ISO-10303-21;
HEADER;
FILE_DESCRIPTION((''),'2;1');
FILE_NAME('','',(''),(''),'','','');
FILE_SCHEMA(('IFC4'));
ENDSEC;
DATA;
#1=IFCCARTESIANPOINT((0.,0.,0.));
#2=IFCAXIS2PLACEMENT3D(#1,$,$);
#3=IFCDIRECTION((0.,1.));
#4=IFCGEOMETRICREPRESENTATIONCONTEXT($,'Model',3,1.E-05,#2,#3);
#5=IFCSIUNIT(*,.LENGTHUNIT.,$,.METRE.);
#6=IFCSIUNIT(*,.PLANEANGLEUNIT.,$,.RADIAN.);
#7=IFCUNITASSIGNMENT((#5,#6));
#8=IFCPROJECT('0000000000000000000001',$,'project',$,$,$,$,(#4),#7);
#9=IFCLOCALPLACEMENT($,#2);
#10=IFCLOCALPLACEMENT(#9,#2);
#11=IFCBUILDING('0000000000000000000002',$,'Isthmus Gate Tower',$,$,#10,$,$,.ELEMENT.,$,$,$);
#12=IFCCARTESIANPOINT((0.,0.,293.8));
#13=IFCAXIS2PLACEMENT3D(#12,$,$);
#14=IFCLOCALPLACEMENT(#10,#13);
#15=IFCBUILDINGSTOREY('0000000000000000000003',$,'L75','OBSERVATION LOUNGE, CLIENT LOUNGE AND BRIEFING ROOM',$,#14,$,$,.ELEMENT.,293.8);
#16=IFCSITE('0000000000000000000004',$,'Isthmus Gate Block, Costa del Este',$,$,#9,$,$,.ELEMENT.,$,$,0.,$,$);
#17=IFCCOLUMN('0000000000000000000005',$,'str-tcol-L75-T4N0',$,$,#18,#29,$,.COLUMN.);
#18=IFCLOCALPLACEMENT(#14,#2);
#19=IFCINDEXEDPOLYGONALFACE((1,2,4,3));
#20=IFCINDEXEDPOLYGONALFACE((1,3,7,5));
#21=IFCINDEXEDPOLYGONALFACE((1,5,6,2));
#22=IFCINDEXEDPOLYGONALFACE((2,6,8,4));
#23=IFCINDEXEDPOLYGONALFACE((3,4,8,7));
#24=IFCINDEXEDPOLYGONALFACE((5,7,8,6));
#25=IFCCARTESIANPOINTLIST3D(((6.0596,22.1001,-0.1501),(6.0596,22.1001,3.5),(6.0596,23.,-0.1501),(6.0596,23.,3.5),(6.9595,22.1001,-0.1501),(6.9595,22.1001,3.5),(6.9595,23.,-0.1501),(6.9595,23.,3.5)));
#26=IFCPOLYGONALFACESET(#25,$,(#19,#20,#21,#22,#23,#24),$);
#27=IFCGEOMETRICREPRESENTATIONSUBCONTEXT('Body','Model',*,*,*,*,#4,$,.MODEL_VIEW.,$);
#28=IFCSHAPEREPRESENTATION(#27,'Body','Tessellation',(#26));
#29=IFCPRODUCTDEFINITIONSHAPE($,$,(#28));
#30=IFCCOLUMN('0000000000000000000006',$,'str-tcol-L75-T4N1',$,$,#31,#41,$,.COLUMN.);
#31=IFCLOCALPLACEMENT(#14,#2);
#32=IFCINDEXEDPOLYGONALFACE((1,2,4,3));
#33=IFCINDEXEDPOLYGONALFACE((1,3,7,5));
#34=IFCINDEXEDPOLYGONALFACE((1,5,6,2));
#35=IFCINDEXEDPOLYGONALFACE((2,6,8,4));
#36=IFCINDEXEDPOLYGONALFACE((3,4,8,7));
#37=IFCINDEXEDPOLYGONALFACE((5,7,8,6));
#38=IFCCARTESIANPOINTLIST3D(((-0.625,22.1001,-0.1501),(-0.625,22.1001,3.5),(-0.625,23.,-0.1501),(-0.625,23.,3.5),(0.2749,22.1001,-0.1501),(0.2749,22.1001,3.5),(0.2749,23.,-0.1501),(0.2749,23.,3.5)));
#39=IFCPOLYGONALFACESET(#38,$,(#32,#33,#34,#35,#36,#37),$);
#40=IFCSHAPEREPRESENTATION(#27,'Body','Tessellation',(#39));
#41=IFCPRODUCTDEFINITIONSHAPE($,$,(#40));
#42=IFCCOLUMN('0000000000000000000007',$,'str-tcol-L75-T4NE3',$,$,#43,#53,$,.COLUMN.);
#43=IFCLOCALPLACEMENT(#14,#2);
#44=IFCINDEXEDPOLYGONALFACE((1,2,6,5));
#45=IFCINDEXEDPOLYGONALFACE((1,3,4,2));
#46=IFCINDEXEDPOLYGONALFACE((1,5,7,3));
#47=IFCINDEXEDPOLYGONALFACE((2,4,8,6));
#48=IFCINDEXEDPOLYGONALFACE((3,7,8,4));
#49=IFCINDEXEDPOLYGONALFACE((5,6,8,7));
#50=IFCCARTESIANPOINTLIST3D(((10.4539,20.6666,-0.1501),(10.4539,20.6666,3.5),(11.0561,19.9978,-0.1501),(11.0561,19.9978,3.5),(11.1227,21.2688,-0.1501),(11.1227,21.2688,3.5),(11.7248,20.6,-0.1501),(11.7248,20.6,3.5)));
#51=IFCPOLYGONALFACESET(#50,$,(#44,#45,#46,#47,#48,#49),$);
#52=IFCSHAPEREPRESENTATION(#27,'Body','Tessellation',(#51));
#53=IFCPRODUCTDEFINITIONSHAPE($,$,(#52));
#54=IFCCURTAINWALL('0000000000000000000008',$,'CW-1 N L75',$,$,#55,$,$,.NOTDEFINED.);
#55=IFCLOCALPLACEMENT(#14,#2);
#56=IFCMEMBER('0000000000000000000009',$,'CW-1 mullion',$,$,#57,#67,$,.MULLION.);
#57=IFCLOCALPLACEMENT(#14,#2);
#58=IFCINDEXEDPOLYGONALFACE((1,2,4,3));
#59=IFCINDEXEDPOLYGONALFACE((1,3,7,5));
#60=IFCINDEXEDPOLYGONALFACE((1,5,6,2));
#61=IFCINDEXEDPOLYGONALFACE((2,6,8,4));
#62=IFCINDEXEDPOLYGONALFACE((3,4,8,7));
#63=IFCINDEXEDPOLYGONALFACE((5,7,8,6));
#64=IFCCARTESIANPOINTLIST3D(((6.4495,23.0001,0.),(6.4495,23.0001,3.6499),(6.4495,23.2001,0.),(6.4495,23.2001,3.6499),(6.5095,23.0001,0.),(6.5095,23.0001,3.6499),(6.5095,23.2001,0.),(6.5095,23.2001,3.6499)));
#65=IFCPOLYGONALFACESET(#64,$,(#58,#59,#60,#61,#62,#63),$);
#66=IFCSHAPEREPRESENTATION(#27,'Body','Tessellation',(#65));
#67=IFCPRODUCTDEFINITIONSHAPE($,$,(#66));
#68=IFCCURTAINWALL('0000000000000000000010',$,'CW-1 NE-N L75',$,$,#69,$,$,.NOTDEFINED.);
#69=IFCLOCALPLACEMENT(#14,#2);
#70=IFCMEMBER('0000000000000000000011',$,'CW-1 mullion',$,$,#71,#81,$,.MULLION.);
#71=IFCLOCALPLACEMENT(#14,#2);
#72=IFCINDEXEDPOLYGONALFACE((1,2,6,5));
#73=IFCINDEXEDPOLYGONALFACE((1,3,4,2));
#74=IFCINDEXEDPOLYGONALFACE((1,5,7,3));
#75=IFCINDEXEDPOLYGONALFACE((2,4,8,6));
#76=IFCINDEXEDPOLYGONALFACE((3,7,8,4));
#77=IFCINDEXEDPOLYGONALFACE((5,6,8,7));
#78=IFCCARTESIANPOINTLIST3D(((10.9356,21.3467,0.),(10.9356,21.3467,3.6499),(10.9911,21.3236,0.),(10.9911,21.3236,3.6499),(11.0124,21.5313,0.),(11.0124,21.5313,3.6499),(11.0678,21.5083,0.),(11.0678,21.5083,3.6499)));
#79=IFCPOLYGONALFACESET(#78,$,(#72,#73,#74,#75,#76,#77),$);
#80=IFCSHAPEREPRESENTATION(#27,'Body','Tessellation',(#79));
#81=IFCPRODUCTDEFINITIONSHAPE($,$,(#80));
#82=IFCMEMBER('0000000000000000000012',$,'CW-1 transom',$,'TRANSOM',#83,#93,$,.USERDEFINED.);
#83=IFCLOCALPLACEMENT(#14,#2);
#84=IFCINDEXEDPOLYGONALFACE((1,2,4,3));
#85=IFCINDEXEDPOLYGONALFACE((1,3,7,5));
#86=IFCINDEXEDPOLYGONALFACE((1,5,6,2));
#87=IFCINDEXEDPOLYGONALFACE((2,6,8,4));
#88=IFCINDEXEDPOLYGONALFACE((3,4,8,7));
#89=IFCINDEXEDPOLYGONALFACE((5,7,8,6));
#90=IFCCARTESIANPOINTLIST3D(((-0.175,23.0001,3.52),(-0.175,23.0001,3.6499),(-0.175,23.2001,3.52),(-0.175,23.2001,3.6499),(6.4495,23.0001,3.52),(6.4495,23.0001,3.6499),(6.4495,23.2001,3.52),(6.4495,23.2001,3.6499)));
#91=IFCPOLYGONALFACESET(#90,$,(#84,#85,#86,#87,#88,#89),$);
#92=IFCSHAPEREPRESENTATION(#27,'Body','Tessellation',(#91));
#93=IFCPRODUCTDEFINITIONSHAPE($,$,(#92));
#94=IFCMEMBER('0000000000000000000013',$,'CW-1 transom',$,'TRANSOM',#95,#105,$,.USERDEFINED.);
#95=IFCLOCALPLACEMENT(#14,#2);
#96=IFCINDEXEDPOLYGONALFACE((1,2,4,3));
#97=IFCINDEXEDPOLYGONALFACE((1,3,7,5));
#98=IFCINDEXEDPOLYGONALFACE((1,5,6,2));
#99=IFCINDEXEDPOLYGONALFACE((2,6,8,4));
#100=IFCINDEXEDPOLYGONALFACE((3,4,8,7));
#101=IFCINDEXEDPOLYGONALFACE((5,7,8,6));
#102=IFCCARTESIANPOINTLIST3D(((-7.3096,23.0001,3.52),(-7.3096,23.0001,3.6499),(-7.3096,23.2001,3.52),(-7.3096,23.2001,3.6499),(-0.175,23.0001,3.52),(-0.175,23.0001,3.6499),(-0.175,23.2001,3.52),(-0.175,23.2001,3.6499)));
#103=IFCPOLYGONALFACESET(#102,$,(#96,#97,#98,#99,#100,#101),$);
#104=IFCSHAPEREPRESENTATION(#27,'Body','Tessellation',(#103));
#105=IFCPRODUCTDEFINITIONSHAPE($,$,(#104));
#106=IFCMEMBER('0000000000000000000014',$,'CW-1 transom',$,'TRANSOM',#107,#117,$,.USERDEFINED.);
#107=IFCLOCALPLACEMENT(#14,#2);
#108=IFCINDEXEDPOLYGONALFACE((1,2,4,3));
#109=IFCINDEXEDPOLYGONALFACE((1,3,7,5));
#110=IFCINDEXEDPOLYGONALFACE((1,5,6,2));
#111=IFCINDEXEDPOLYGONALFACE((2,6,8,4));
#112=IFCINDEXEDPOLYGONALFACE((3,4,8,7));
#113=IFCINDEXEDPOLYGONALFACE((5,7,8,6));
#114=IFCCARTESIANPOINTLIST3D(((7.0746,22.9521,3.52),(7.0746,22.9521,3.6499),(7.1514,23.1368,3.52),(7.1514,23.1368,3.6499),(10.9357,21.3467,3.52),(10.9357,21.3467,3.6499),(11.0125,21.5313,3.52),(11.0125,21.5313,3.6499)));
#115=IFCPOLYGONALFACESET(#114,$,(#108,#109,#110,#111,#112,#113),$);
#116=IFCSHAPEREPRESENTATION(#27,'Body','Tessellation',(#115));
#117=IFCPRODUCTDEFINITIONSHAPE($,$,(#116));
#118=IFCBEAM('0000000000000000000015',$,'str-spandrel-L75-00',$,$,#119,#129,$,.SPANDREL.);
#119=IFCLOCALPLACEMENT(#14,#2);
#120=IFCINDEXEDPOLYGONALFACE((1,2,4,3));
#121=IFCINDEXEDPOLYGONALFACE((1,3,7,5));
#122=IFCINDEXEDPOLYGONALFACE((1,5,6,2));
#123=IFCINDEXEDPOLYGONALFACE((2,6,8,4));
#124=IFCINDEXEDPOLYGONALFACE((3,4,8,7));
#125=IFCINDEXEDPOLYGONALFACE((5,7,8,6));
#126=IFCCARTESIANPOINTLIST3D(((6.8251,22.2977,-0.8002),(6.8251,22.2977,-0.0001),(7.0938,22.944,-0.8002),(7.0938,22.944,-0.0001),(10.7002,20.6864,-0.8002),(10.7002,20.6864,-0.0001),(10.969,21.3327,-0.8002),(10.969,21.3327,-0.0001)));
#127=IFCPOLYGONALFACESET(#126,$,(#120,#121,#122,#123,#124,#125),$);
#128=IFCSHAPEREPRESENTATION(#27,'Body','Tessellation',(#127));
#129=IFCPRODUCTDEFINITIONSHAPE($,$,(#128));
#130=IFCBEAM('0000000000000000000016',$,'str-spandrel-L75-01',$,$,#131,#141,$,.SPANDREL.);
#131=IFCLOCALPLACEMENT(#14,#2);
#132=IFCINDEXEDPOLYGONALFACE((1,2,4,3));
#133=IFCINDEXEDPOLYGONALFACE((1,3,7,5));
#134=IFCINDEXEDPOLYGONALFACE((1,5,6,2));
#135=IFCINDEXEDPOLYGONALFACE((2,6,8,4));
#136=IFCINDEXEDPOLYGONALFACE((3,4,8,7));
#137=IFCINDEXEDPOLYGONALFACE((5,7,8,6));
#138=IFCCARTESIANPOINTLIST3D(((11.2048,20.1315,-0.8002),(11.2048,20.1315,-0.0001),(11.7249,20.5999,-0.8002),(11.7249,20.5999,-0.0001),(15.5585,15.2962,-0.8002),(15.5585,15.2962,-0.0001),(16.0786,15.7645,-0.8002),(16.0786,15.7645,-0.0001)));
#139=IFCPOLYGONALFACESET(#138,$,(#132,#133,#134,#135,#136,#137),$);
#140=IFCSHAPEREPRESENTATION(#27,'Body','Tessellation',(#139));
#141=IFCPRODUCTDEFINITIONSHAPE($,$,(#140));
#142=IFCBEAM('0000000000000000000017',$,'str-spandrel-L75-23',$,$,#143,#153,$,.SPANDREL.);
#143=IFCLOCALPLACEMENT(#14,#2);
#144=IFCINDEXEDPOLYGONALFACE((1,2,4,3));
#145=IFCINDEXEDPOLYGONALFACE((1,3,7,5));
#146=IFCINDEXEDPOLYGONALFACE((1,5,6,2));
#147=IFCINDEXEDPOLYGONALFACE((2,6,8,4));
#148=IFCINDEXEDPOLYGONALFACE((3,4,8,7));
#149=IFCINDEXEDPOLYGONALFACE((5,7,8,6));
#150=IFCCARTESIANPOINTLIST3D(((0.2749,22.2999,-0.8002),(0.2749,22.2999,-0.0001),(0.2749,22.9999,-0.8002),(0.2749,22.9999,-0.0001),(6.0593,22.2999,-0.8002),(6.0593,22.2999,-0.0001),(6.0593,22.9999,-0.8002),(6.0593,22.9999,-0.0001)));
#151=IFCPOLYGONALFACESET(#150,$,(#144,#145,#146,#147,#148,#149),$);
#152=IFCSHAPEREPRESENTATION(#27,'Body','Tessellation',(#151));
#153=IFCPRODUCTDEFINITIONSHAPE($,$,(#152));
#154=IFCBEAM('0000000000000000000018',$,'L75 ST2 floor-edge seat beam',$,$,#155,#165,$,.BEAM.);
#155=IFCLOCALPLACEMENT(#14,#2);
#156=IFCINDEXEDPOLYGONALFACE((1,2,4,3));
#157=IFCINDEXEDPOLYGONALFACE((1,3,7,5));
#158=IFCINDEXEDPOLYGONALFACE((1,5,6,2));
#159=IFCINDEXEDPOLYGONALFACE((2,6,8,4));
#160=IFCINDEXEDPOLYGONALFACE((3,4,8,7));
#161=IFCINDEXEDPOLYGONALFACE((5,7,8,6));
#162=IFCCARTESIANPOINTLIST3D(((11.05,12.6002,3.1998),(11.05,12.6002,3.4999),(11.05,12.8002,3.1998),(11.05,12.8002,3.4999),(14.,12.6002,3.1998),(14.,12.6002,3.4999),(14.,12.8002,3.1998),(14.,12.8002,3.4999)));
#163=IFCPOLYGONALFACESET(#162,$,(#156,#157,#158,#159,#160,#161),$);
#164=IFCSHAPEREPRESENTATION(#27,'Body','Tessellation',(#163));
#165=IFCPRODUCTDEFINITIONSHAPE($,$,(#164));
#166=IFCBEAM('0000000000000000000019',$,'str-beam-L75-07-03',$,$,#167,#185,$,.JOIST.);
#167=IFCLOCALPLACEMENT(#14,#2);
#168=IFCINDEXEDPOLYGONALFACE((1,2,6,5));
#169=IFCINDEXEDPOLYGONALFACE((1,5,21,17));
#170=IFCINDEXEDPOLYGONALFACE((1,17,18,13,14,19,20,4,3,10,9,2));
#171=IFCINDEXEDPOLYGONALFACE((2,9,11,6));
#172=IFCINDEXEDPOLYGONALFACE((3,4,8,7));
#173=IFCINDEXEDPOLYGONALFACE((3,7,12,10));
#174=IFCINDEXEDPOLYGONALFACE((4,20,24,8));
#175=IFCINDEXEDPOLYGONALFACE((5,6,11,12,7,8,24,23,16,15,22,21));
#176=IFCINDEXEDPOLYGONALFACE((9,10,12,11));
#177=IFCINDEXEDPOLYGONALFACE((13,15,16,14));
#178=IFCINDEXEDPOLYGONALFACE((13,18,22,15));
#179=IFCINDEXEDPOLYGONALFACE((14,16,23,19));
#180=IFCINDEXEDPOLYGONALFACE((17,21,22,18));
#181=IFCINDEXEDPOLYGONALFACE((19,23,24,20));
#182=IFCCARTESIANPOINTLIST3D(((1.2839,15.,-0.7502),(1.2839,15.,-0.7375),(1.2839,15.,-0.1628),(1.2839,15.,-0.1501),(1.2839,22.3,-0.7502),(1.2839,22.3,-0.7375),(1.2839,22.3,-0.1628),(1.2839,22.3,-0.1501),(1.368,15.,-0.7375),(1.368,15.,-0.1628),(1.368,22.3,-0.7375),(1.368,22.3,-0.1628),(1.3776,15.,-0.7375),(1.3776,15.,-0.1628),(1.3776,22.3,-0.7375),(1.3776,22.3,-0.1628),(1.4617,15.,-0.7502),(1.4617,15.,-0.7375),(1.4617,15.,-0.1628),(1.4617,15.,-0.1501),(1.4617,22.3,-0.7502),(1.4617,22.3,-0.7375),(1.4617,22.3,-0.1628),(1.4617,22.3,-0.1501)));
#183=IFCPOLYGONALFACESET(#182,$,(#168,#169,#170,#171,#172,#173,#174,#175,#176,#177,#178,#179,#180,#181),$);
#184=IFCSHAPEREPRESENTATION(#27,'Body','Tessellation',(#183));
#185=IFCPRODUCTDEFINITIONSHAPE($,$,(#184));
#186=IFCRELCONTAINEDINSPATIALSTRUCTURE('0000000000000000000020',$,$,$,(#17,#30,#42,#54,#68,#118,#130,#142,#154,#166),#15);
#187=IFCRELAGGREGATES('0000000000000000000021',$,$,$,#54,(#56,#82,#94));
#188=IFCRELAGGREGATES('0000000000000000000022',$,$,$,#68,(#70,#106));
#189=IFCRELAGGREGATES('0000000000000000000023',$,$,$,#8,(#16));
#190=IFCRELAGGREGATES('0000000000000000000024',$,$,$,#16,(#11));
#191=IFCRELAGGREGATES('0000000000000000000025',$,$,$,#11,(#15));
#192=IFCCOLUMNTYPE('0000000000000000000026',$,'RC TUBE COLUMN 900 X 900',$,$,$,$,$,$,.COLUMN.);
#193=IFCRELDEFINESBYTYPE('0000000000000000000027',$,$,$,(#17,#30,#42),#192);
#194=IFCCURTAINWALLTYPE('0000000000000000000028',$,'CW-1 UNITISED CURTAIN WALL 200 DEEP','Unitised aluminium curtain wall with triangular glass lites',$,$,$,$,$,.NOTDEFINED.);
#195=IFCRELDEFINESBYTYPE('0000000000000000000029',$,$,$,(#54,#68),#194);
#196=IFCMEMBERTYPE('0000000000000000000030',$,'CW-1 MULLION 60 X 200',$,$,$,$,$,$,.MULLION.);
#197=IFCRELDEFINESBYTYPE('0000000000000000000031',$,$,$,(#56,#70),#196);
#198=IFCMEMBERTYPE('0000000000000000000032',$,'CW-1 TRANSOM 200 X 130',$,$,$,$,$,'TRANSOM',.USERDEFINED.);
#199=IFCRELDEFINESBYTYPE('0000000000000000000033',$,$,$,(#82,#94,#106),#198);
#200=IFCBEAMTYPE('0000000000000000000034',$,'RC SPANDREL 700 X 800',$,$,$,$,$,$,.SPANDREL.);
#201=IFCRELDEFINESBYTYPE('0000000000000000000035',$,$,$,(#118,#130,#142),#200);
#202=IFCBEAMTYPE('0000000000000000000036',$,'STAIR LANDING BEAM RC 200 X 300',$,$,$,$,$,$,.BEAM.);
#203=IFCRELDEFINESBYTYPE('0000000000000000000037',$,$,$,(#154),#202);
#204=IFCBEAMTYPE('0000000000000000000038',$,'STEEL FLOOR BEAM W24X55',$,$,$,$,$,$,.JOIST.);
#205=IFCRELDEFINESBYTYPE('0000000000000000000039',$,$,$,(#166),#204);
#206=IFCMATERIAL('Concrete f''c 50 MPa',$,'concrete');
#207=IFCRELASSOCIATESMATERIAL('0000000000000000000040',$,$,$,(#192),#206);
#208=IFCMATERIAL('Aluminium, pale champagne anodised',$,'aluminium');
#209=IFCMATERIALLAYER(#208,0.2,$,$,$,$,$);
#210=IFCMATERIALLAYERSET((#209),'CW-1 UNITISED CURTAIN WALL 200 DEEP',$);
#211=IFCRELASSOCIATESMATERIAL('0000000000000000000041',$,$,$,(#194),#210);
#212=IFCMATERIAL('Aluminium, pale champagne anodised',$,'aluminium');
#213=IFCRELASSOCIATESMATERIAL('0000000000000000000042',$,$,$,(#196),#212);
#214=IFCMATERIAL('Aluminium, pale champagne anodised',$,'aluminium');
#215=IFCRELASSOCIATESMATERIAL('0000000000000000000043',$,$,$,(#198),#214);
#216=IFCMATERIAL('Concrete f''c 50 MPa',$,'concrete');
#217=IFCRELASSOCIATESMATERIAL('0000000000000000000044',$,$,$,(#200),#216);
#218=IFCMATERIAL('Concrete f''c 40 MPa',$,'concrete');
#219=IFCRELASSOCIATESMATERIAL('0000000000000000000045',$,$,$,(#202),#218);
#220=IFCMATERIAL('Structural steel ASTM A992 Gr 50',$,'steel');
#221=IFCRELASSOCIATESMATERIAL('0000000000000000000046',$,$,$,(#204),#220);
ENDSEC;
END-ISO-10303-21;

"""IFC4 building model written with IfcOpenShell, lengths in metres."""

from ifc_helpers import new_model, si_unit, direction, frame, origin, origin_2d, place, context, subcontext, project, spatial, rectangle, i_section, extrude, material, layer, layer_set, material_profile, profile_set, type_object, element, aggregate, save


model = new_model("IFC4")

# Units and contexts
model_context = context("Model", 3, precision=1e-05, world=origin(), true_north=direction((0.0, 1.0)))
body_context = subcontext(model_context, "Body", "Model", "MODEL_VIEW")
ifc_project = project(units=[si_unit("LENGTHUNIT", "METRE"), si_unit("PLANEANGLEUNIT", "RADIAN")], contexts=[model_context])

# Site, building, storey
site_placement = place(None, origin())
site = spatial("IfcSite", under=ifc_project, at=site_placement, Name="Isthmus Gate Block, Costa del Este", CompositionType="ELEMENT", RefElevation=0.0)
building_placement = place(site_placement, origin())
building = spatial("IfcBuilding", under=site, at=building_placement, Name="Isthmus Gate Tower", CompositionType="ELEMENT")
storey_placement = place(building_placement, frame((0.0, 0.0, 293.8)))
storey = spatial("IfcBuildingStorey", under=building, at=storey_placement, Name="L75", Description="OBSERVATION LOUNGE, CLIENT LOUNGE AND BRIEFING ROOM", CompositionType="ELEMENT", Elevation=293.8)

# Columns
ifc_material_1 = material(Name="Concrete f'c 50 MPa", Category="concrete")
ifc_material_profile_1 = material_profile(ifc_material_1, rectangle(XDim=0.8999, YDim=0.8999, at=origin_2d()), Name="RC 900X900")
ifc_profile_set_1 = profile_set([ifc_material_profile_1], Name="Concrete f'c 50 MPa")
column_type = type_object("IfcColumnType", Name="RC TUBE COLUMN 900 X 900", PredefinedType="COLUMN", material=ifc_profile_set_1)
for number, where, z_axis, x_axis, name in (
    (1, (6.5095, 22.55, -0.1501), (0.0, 0.0, 1.0), (-1.0, 0.0, 0.0), "str-tcol-L75-T4N0"),
    (2, (-0.175, 22.55, -0.1501), (0.0, 0.0, 1.0), (-1.0, 0.0, 0.0), "str-tcol-L75-T4N1"),
    (3, (11.0894, 20.6333, -0.1501), (0.0, 0.0, 1.0), (-0.669131, 0.743145, 0.0), "str-tcol-L75-T4NE3"),
):
    element("IfcColumn", number, at=place(storey_placement, frame(where, z_axis=z_axis, x_axis=x_axis)), inside=storey, type_object=column_type, Name=name, PredefinedType="COLUMN", context=body_context, shape_type="SweptSolid", body=[
        extrude(rectangle(XDim=0.8999, YDim=0.8999, at=origin_2d()), origin(), (0.0, 0.0, 1.0), 3.6501),
    ])

# Curtain walls, members
ifc_material_2 = material(Name="Aluminium, pale champagne anodised", Category="aluminium")
ifc_layer_1 = layer(ifc_material_2, 0.2)
ifc_layer_set_1 = layer_set([ifc_layer_1], Name="CW-1 UNITISED CURTAIN WALL 200 DEEP")
curtain_wall_type = type_object("IfcCurtainWallType", Name="CW-1 UNITISED CURTAIN WALL 200 DEEP", Description="Unitised aluminium curtain wall with triangular glass lites", PredefinedType="NOTDEFINED", material=ifc_layer_set_1)
curtain_wall_1_placement = place(storey_placement, origin())
curtain_wall_1 = element("IfcCurtainWall", 4, at=curtain_wall_1_placement, inside=storey, type_object=curtain_wall_type, Name="CW-1 N L75", PredefinedType="NOTDEFINED")
ifc_material_3 = material(Name="Aluminium, pale champagne anodised", Category="aluminium")
ifc_material_profile_2 = material_profile(ifc_material_3, rectangle(XDim=0.0601, YDim=0.2, at=origin_2d()), Name="60x200")
ifc_profile_set_2 = profile_set([ifc_material_profile_2], Name="Aluminium, pale champagne anodised")
member_type_1 = type_object("IfcMemberType", Name="CW-1 MULLION 60 X 200", PredefinedType="MULLION", material=ifc_profile_set_2)
member_1_placement = place(storey_placement, frame((6.4795, 23.1001, 0.0), z_axis=(0.0, 0.0, 1.0), x_axis=(-1.0, 0.0, 0.0)))
member_1 = element("IfcMember", 5, at=member_1_placement, type_object=member_type_1, Name="CW-1 mullion", PredefinedType="MULLION", context=body_context, shape_type="SweptSolid", body=[
    extrude(rectangle(XDim=0.0601, YDim=0.2, at=origin_2d()), origin(), (0.0, 0.0, 1.0), 3.6499),
])
curtain_wall_2_placement = place(storey_placement, origin())
curtain_wall_2 = element("IfcCurtainWall", 6, at=curtain_wall_2_placement, inside=storey, type_object=curtain_wall_type, Name="CW-1 NE-N L75", PredefinedType="NOTDEFINED")
member_2_placement = place(storey_placement, frame((11.0017, 21.4275, 0.0), z_axis=(0.0, 0.0, 1.0), x_axis=(-0.923353, 0.383952, 0.0)))
member_2 = element("IfcMember", 7, at=member_2_placement, type_object=member_type_1, Name="CW-1 mullion", PredefinedType="MULLION", context=body_context, shape_type="SweptSolid", body=[
    extrude(rectangle(XDim=0.0601, YDim=0.2, at=origin_2d()), origin(), (0.0, 0.0, 1.0), 3.6499),
])

# Members
ifc_material_4 = material(Name="Aluminium, pale champagne anodised", Category="aluminium")
ifc_material_profile_3 = material_profile(ifc_material_4, rectangle(XDim=0.2, YDim=0.1299, at=origin_2d()), Name="200x130")
ifc_profile_set_3 = profile_set([ifc_material_profile_3], Name="Aluminium, pale champagne anodised")
member_type_2 = type_object("IfcMemberType", Name="CW-1 TRANSOM 200 X 130", ElementType="TRANSOM", PredefinedType="USERDEFINED", material=ifc_profile_set_3)
member_3_placement = place(storey_placement, frame((6.4495, 23.1001, 3.585), z_axis=(-1.0, 0.0, 0.0), x_axis=(0.0, -1.0, 0.0)))
member_3 = element("IfcMember", 8, at=member_3_placement, type_object=member_type_2, Name="CW-1 transom", ObjectType="TRANSOM", PredefinedType="USERDEFINED", context=body_context, shape_type="SweptSolid", body=[
    extrude(rectangle(XDim=0.2, YDim=0.1299, at=origin_2d()), origin(), (0.0, 0.0, 1.0), 6.6245),
])
member_4_placement = place(storey_placement, frame((-0.175, 23.1001, 3.585), z_axis=(-1.0, 0.0, 0.0), x_axis=(0.0, -1.0, 0.0)))
member_4 = element("IfcMember", 9, at=member_4_placement, type_object=member_type_2, Name="CW-1 transom", ObjectType="TRANSOM", PredefinedType="USERDEFINED", context=body_context, shape_type="SweptSolid", body=[
    extrude(rectangle(XDim=0.2, YDim=0.1299, at=origin_2d()), origin(), (0.0, 0.0, 1.0), 7.1345),
])
member_5_placement = place(storey_placement, frame((10.9741, 21.439, 3.585), z_axis=(-0.923358, 0.38394, 0.0), x_axis=(-0.38394, -0.923358, 0.0)))
member_5 = element("IfcMember", 10, at=member_5_placement, type_object=member_type_2, Name="CW-1 transom", ObjectType="TRANSOM", PredefinedType="USERDEFINED", context=body_context, shape_type="SweptSolid", body=[
    extrude(rectangle(XDim=0.2, YDim=0.1299, at=origin_2d()), origin(), (0.0, 0.0, 1.0), 4.1816),
])

# Beams
ifc_material_5 = material(Name="Concrete f'c 50 MPa", Category="concrete")
ifc_material_profile_4 = material_profile(ifc_material_5, rectangle(XDim=0.7, YDim=0.8, at=origin_2d()), Name="RC 700X800")
ifc_profile_set_4 = profile_set([ifc_material_profile_4], Name="Concrete f'c 50 MPa")
beam_type_1 = type_object("IfcBeamType", Name="RC SPANDREL 700 X 800", PredefinedType="SPANDREL", material=ifc_profile_set_4)
beam_1_placement = place(storey_placement, frame((6.9595, 22.6208, -0.4001), z_axis=(0.923361, -0.383934, 0.0), x_axis=(0.383934, 0.923361, 0.0)))
element("IfcBeam", 11, at=beam_1_placement, inside=storey, type_object=beam_type_1, Name="str-spandrel-L75-00", PredefinedType="SPANDREL", context=body_context, shape_type="SweptSolid", body=[
    extrude(rectangle(XDim=0.7, YDim=0.8, at=origin_2d()), origin(), (0.0, 0.0, 1.0), 4.1968),
])
beam_2_placement = place(storey_placement, frame((11.4648, 20.3657, -0.4001), z_axis=(0.669122, -0.743152, 0.0), x_axis=(0.743152, 0.669122, 0.0)))
element("IfcBeam", 12, at=beam_2_placement, inside=storey, type_object=beam_type_1, Name="str-spandrel-L75-01", PredefinedType="SPANDREL", context=body_context, shape_type="SweptSolid", body=[
    extrude(rectangle(XDim=0.7, YDim=0.8, at=origin_2d()), origin(), (0.0, 0.0, 1.0), 6.5066),
])
beam_3_placement = place(storey_placement, frame((0.2749, 22.6499, -0.4001), z_axis=(1.0, 0.0, 0.0), x_axis=(0.0, 1.0, 0.0)))
element("IfcBeam", 13, at=beam_3_placement, inside=storey, type_object=beam_type_1, Name="str-spandrel-L75-23", PredefinedType="SPANDREL", context=body_context, shape_type="SweptSolid", body=[
    extrude(rectangle(XDim=0.7, YDim=0.8, at=origin_2d()), origin(), (0.0, 0.0, 1.0), 5.7844),
])
ifc_material_6 = material(Name="Concrete f'c 40 MPa", Category="concrete")
ifc_material_profile_5 = material_profile(ifc_material_6, rectangle(XDim=0.2, YDim=0.3, at=origin_2d()), Name="STAIR LANDING BEAM RC 200 X 300")
ifc_profile_set_5 = profile_set([ifc_material_profile_5], Name="Concrete f'c 40 MPa")
beam_type_2 = type_object("IfcBeamType", Name="STAIR LANDING BEAM RC 200 X 300", PredefinedType="BEAM", material=ifc_profile_set_5)
beam_4_placement = place(storey_placement, frame((11.05, 12.7002, 3.3499), z_axis=(1.0, 0.0, 0.0), x_axis=(0.0, 1.0, 0.0)))
element("IfcBeam", 14, at=beam_4_placement, inside=storey, type_object=beam_type_2, Name="L75 ST2 floor-edge seat beam", PredefinedType="BEAM", context=body_context, shape_type="SweptSolid", body=[
    extrude(rectangle(XDim=0.2, YDim=0.3, at=origin_2d()), origin(), (0.0, 0.0, 1.0), 2.95),
])
ifc_material_7 = material(Name="Structural steel ASTM A992 Gr 50", Category="steel")
ifc_material_profile_6 = material_profile(ifc_material_7, i_section(OverallWidth=0.1777, OverallDepth=0.6001, WebThickness=0.0095, FlangeThickness=0.0127, at=origin_2d()), Name="W24X55")
ifc_profile_set_6 = profile_set([ifc_material_profile_6], Name="Structural steel ASTM A992 Gr 50")
beam_type_3 = type_object("IfcBeamType", Name="STEEL FLOOR BEAM W24X55", PredefinedType="JOIST", material=ifc_profile_set_6)
beam_5_placement = place(storey_placement, frame((1.3728, 15.0, -0.4502), z_axis=(0.0, 1.0, 0.0), x_axis=(-1.0, 0.0, 0.0)))
element("IfcBeam", 15, at=beam_5_placement, inside=storey, type_object=beam_type_3, Name="str-beam-L75-07-03", PredefinedType="JOIST", context=body_context, shape_type="SweptSolid", body=[
    extrude(i_section(OverallWidth=0.1777, OverallDepth=0.6001, WebThickness=0.0095, FlangeThickness=0.0127, at=origin_2d()), origin(), (0.0, 0.0, 1.0), 7.3),
])

aggregate(curtain_wall_1, [member_1, member_3, member_4])
aggregate(curtain_wall_2, [member_2, member_5])

save(model, "model.ifc")
